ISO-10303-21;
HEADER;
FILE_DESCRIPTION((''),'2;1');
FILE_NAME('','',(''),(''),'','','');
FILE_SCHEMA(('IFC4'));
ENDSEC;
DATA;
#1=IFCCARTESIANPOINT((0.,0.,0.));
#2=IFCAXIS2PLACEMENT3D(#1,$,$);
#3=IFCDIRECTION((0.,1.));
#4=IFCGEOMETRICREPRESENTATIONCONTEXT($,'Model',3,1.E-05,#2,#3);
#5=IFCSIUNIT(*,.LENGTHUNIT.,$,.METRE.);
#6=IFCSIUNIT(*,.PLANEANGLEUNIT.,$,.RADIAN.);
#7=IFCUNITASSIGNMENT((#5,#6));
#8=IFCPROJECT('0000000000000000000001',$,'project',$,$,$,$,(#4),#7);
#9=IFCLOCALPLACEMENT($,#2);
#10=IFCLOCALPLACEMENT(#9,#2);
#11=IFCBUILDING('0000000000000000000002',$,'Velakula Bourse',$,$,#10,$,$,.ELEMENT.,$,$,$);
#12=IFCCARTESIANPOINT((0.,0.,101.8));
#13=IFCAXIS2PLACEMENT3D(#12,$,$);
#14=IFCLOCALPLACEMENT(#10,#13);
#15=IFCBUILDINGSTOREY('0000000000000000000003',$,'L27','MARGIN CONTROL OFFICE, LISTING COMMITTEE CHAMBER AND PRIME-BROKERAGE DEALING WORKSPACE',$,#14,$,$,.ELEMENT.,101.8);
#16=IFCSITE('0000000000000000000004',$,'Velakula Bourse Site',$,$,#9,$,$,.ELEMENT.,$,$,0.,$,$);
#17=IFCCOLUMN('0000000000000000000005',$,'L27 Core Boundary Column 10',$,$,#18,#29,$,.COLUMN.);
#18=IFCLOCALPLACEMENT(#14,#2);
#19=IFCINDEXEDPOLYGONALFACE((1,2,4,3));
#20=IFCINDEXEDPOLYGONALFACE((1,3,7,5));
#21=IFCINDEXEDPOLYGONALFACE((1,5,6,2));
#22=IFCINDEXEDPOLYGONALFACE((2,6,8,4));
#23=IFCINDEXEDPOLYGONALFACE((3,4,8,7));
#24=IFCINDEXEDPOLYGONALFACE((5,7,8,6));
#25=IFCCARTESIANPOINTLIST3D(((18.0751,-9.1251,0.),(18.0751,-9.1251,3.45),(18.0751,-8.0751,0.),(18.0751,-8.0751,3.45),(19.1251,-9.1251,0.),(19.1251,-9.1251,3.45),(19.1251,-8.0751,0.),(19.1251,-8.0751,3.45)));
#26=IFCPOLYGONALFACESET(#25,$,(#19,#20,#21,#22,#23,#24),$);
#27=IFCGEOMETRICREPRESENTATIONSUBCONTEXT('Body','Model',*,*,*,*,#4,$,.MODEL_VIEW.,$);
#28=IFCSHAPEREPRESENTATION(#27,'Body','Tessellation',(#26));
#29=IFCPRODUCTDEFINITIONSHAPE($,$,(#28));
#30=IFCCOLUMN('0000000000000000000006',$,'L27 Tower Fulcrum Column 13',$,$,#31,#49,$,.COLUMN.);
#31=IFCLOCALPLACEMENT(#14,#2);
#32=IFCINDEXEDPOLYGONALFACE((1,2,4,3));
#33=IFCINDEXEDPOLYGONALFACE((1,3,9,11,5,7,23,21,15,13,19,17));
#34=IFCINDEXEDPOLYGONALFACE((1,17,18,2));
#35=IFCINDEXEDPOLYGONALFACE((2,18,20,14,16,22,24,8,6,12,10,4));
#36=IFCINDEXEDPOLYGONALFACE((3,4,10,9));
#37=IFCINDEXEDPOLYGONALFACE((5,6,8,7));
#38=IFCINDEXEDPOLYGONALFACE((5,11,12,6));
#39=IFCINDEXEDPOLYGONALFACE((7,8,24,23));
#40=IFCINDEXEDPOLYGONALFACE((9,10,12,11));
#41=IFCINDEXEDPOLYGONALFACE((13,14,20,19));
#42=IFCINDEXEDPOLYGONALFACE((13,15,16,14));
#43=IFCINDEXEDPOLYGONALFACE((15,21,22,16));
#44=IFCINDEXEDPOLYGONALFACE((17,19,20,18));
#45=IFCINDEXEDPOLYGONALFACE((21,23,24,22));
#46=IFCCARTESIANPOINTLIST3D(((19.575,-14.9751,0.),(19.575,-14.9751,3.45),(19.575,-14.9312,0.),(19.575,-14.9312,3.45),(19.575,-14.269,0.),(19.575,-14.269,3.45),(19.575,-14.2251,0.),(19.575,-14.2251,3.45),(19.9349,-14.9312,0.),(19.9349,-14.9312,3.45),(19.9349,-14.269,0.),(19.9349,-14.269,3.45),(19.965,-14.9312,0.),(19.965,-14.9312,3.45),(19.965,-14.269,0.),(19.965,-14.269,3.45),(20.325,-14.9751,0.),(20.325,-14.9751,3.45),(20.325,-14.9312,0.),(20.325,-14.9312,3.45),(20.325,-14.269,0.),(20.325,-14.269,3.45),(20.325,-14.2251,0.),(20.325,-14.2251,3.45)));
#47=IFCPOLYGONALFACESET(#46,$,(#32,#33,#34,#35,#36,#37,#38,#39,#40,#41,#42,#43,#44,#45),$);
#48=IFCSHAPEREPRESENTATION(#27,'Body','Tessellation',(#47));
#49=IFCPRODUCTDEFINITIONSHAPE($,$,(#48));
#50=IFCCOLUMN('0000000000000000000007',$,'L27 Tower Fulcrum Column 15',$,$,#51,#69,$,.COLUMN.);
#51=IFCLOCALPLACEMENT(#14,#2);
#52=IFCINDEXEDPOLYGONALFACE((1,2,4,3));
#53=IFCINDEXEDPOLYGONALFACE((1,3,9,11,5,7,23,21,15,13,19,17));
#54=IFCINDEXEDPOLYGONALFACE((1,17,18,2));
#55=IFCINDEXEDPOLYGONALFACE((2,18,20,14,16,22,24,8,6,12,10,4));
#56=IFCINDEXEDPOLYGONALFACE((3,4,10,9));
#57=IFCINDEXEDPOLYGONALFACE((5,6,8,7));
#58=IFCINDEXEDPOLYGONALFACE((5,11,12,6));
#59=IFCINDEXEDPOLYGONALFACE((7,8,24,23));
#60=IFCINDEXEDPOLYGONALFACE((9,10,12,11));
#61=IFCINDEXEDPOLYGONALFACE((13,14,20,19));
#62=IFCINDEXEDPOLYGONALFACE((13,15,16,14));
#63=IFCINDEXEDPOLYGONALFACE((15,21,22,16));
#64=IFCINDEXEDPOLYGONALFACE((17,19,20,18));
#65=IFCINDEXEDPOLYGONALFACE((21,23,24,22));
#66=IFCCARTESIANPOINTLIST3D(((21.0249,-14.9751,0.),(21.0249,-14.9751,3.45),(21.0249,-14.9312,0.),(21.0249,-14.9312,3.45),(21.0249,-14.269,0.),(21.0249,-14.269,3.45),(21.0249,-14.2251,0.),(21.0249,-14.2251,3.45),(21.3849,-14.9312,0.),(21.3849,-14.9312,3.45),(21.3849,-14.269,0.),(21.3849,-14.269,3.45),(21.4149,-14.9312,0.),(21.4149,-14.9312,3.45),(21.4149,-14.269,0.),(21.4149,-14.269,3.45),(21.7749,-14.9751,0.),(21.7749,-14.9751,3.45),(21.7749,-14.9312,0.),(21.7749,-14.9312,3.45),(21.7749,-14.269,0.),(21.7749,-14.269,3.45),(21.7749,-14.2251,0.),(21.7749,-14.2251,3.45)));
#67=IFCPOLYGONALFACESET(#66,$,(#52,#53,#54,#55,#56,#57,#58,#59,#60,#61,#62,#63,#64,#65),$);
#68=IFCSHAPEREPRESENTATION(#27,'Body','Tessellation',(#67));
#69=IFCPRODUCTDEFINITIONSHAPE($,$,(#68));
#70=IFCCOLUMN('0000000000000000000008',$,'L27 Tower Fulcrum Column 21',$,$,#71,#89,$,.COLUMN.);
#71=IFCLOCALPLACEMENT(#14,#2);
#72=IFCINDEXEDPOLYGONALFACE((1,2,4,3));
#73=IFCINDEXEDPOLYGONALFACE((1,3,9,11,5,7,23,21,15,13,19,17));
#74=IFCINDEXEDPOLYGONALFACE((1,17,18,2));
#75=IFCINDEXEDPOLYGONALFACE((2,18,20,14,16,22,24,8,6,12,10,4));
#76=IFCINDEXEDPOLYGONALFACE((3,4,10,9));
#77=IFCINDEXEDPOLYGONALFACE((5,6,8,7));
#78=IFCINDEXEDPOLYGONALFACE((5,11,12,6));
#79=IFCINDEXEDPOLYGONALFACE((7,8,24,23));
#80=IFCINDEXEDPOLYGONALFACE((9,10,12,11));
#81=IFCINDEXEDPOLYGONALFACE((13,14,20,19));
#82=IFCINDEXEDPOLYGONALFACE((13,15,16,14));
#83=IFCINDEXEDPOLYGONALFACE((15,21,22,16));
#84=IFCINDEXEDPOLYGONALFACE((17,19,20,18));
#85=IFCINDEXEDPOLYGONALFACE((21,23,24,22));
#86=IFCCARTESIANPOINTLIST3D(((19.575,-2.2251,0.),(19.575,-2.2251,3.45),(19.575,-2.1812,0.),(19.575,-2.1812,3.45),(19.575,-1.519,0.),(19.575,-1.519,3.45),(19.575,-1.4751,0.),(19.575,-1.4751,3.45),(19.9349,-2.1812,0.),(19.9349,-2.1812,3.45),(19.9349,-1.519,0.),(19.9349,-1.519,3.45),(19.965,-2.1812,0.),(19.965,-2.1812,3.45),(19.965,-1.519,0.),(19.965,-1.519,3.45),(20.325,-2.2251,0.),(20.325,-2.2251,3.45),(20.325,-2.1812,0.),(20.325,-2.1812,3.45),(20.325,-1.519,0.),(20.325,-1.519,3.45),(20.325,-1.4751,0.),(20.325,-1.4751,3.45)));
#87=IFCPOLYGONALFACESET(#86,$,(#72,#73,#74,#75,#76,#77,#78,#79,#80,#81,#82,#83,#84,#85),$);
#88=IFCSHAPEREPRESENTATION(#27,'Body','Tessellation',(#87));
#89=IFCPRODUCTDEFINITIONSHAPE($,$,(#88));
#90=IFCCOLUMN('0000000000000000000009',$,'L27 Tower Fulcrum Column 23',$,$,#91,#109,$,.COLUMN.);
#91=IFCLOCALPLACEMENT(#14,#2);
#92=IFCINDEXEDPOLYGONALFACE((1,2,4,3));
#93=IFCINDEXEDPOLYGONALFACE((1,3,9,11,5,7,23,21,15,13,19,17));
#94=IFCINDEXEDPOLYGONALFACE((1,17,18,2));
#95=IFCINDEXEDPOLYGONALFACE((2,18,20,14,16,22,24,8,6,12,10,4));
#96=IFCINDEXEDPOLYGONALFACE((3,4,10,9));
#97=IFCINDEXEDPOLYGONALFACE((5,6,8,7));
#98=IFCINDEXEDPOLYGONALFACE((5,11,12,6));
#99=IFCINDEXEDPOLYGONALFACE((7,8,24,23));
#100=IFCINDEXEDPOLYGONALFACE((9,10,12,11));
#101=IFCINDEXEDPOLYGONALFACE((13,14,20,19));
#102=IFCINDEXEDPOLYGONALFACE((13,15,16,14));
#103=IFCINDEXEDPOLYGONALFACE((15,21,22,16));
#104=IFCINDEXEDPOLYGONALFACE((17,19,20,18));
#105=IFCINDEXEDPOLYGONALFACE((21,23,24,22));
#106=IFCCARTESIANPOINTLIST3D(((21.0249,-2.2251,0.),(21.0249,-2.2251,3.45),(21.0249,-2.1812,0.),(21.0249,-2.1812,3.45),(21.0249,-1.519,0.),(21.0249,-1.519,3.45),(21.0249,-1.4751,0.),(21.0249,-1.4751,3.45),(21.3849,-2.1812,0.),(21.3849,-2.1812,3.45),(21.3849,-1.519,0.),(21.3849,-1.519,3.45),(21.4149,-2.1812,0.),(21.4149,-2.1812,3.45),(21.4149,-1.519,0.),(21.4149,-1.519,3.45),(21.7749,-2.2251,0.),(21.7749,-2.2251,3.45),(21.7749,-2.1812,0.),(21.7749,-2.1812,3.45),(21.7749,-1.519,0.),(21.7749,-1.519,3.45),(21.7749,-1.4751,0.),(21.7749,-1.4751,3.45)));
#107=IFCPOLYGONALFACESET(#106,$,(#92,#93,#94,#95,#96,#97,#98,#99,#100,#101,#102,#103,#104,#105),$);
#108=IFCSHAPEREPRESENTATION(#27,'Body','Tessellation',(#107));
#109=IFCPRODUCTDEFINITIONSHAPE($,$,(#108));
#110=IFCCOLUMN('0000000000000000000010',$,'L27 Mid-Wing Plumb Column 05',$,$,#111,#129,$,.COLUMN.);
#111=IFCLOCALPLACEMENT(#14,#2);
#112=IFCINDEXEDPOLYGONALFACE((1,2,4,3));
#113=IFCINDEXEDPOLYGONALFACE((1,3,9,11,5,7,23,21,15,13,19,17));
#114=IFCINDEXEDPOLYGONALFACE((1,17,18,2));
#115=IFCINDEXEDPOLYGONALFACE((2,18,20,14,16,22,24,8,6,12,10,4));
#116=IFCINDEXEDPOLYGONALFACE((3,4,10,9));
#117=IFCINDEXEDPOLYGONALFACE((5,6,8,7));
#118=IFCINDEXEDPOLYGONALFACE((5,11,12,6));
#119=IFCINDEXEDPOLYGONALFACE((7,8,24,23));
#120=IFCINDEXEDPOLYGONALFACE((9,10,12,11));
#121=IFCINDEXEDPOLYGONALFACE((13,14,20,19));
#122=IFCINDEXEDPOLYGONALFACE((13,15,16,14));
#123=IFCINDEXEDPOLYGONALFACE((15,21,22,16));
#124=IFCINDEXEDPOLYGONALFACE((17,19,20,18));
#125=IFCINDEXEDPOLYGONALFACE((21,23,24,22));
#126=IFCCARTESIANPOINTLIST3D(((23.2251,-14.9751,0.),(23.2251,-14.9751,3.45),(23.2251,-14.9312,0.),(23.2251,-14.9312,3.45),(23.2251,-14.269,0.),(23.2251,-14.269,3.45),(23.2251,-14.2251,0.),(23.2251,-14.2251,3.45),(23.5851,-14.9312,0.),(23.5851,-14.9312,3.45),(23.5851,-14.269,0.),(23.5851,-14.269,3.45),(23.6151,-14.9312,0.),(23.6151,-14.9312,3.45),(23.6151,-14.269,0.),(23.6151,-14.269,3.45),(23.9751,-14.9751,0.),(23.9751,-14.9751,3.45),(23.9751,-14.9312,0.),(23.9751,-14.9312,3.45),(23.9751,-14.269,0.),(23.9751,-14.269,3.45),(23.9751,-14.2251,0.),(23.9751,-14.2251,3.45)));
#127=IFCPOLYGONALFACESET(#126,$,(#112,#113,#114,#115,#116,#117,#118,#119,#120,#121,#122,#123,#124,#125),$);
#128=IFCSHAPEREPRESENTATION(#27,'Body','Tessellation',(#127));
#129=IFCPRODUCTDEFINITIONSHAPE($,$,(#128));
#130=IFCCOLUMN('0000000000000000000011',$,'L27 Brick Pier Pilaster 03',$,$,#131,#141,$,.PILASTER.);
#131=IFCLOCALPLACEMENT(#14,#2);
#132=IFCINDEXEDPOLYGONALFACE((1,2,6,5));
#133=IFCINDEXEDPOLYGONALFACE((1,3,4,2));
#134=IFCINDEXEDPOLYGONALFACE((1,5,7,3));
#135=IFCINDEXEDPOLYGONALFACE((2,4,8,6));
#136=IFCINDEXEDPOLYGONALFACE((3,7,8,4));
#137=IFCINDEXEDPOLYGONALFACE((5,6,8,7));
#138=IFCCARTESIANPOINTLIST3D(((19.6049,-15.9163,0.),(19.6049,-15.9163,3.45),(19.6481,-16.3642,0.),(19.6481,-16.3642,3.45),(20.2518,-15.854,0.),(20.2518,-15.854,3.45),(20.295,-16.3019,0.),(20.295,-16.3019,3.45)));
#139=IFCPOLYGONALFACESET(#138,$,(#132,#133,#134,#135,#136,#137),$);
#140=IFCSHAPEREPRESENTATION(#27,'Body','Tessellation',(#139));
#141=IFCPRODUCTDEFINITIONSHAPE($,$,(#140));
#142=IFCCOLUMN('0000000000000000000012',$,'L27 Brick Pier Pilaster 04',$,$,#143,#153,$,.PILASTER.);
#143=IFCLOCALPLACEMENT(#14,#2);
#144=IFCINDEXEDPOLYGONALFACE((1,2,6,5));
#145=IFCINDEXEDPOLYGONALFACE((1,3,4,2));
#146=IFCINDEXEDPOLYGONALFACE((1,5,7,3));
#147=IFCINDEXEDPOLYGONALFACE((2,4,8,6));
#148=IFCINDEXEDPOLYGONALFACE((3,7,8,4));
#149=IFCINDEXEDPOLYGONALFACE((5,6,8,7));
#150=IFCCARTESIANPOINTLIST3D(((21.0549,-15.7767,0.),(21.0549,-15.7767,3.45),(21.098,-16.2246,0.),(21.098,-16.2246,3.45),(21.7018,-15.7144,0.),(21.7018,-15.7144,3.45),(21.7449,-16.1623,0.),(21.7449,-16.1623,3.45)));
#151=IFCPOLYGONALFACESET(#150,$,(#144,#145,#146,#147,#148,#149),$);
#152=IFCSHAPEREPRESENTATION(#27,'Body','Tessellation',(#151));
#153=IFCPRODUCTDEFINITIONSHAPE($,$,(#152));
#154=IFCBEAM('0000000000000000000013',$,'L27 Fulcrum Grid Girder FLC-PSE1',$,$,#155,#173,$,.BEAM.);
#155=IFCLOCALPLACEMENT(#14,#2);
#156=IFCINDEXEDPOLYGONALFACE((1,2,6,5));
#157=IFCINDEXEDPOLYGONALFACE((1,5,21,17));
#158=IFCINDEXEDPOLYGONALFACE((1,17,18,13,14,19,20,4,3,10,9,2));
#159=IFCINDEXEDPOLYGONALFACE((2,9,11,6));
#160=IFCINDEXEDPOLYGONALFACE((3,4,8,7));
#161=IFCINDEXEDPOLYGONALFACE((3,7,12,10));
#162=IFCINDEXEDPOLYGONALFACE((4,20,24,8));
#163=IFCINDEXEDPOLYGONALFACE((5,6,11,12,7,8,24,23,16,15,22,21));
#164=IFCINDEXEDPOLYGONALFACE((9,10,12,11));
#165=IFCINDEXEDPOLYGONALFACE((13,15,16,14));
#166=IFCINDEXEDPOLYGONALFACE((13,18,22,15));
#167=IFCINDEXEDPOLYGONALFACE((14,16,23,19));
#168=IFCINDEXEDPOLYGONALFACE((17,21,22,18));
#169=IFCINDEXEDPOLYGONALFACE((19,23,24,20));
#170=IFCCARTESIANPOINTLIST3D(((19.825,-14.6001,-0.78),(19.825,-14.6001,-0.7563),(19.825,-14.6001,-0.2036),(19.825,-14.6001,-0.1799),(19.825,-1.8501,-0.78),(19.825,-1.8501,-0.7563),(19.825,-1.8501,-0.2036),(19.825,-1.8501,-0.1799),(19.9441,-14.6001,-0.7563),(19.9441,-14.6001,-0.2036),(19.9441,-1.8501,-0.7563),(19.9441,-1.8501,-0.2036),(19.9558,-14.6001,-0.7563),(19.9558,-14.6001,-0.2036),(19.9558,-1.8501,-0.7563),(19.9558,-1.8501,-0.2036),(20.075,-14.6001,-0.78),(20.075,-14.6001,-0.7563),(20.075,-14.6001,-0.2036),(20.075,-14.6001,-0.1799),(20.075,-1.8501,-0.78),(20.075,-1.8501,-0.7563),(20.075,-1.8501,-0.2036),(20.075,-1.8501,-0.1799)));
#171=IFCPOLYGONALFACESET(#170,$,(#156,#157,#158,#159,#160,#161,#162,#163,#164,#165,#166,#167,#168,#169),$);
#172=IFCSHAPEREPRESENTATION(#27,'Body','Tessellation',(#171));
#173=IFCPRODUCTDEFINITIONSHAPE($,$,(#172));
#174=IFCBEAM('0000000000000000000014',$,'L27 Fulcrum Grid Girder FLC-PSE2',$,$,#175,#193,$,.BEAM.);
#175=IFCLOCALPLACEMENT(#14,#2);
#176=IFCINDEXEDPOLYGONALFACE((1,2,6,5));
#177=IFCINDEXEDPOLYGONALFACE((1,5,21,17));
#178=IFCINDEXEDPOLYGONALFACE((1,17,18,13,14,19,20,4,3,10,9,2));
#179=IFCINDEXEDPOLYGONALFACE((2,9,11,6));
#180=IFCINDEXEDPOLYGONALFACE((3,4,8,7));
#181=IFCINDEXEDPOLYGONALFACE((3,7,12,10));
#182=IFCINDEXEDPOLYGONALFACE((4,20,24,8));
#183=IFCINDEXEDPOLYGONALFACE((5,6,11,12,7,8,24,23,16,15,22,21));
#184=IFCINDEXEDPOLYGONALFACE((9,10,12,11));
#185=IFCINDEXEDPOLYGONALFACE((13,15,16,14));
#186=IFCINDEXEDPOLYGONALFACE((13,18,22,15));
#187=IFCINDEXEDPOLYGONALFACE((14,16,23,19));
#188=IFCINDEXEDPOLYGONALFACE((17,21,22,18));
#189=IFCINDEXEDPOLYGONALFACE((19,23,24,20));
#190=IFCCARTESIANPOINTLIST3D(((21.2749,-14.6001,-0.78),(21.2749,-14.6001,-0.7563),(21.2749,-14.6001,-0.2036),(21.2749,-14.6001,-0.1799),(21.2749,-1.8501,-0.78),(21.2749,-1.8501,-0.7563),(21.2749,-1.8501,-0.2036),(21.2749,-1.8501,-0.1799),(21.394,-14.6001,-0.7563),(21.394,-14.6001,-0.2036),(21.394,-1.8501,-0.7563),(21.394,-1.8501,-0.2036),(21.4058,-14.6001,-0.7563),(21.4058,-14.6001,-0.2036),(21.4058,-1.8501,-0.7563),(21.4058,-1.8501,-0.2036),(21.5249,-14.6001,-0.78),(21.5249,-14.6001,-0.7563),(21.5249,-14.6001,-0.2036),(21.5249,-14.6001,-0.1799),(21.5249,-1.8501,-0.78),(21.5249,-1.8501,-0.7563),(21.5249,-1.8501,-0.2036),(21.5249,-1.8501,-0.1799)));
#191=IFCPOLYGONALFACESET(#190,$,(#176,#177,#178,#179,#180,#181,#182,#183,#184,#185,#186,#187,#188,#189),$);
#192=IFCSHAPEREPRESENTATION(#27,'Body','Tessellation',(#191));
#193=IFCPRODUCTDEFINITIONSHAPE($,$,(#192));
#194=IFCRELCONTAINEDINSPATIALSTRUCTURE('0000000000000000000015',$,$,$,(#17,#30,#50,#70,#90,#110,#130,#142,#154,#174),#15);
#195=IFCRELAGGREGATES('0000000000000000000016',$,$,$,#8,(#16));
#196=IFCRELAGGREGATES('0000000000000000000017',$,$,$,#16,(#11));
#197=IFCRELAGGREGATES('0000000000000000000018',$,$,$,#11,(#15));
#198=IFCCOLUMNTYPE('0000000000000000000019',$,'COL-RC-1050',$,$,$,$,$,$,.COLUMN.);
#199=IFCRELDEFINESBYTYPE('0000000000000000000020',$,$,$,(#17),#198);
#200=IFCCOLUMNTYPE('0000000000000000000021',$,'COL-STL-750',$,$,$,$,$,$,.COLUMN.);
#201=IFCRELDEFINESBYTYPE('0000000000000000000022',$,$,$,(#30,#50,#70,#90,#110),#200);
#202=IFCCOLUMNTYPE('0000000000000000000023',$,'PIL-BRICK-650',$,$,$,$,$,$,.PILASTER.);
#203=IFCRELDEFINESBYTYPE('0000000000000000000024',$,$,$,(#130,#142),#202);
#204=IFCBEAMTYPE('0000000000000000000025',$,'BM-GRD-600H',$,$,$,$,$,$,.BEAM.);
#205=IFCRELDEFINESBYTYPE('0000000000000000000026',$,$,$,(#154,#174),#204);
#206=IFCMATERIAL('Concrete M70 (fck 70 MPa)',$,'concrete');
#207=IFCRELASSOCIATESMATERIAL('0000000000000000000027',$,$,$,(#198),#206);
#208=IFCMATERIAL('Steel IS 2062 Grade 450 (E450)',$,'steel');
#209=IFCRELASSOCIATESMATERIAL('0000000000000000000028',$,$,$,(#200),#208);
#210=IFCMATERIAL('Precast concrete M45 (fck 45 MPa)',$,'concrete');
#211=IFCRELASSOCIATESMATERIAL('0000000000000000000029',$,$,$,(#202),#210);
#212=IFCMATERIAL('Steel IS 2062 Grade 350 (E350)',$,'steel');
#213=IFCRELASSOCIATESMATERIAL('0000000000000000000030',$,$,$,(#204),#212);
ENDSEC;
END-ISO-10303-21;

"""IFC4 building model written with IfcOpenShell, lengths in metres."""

from ifc_helpers import new_model, si_unit, direction, frame, origin, origin_2d, place, context, subcontext, project, spatial, rectangle, i_section, extrude, material, material_profile, profile_set, type_object, element, save


model = new_model("IFC4")

# Units and contexts
model_context = context("Model", 3, precision=1e-05, world=origin(), true_north=direction((0.0, 1.0)))
body_context = subcontext(model_context, "Body", "Model", "MODEL_VIEW")
ifc_project = project(units=[si_unit("LENGTHUNIT", "METRE"), si_unit("PLANEANGLEUNIT", "RADIAN")], contexts=[model_context])

# Site, building, storey
site_placement = place(None, origin())
site = spatial("IfcSite", under=ifc_project, at=site_placement, Name="Velakula Bourse Site", CompositionType="ELEMENT", RefElevation=0.0)
building_placement = place(site_placement, origin())
building = spatial("IfcBuilding", under=site, at=building_placement, Name="Velakula Bourse", CompositionType="ELEMENT")
storey_placement = place(building_placement, frame((0.0, 0.0, 101.8)))
storey = spatial("IfcBuildingStorey", under=building, at=storey_placement, Name="L27", Description="MARGIN CONTROL OFFICE, LISTING COMMITTEE CHAMBER AND PRIME-BROKERAGE DEALING WORKSPACE", CompositionType="ELEMENT", Elevation=101.8)

# Columns
ifc_material_1 = material(Name="Concrete M70 (fck 70 MPa)", Category="concrete")
ifc_material_profile_1 = material_profile(ifc_material_1, rectangle(XDim=1.05, YDim=1.05, at=origin_2d()), Name="Concrete M70 (fck 70 MPa)")
ifc_profile_set_1 = profile_set([ifc_material_profile_1], Name="Concrete M70 (fck 70 MPa)")
column_type_1 = type_object("IfcColumnType", Name="COL-RC-1050", PredefinedType="COLUMN", material=ifc_profile_set_1)
column_placement = place(storey_placement, frame((18.6001, -8.6001, 0.0), z_axis=(0.0, 0.0, 1.0), x_axis=(1.0, 0.0, 0.0)))
element("IfcColumn", 1, at=column_placement, inside=storey, type_object=column_type_1, Name="L27 Core Boundary Column 10", PredefinedType="COLUMN", context=body_context, shape_type="SweptSolid", body=[
    extrude(rectangle(XDim=1.05, YDim=1.05, at=origin_2d()), origin(), (0.0, 0.0, 1.0), 3.45),
])
ifc_material_2 = material(Name="Steel IS 2062 Grade 450 (E450)", Category="steel")
ifc_material_profile_2 = material_profile(ifc_material_2, i_section(OverallWidth=0.75, OverallDepth=0.75, WebThickness=0.03, FlangeThickness=0.0439, at=origin_2d()), Name="Steel IS 2062 Grade 450 (E450)")
ifc_profile_set_2 = profile_set([ifc_material_profile_2], Name="Steel IS 2062 Grade 450 (E450)")
column_type_2 = type_object("IfcColumnType", Name="COL-STL-750", PredefinedType="COLUMN", material=ifc_profile_set_2)
for number, where, z_axis, x_axis, name in (
    (2, (19.95, -14.6001, 0.0), (0.0, 0.0, 1.0), (1.0, 0.0, 0.0), "L27 Tower Fulcrum Column 13"),
    (3, (21.3999, -14.6001, 0.0), (0.0, 0.0, 1.0), (1.0, 0.0, 0.0), "L27 Tower Fulcrum Column 15"),
    (4, (19.95, -1.8501, 0.0), (0.0, 0.0, 1.0), (1.0, 0.0, 0.0), "L27 Tower Fulcrum Column 21"),
    (5, (21.3999, -1.8501, 0.0), (0.0, 0.0, 1.0), (1.0, 0.0, 0.0), "L27 Tower Fulcrum Column 23"),
    (6, (23.6001, -14.6001, 0.0), (0.0, 0.0, 1.0), (1.0, 0.0, 0.0), "L27 Mid-Wing Plumb Column 05"),
):
    element("IfcColumn", number, at=place(storey_placement, frame(where, z_axis=z_axis, x_axis=x_axis)), inside=storey, type_object=column_type_2, Name=name, PredefinedType="COLUMN", context=body_context, shape_type="SweptSolid", body=[
        extrude(i_section(OverallWidth=0.75, OverallDepth=0.75, WebThickness=0.03, FlangeThickness=0.0439, at=origin_2d()), origin(), (0.0, 0.0, 1.0), 3.45),
    ])
ifc_material_3 = material(Name="Precast concrete M45 (fck 45 MPa)", Category="concrete")
ifc_material_profile_3 = material_profile(ifc_material_3, rectangle(XDim=0.6499, YDim=0.45, at=origin_2d()), Name="Precast concrete M45 (fck 45 MPa)")
ifc_profile_set_3 = profile_set([ifc_material_profile_3], Name="Precast concrete M45 (fck 45 MPa)")
column_type_3 = type_object("IfcColumnType", Name="PIL-BRICK-650", PredefinedType="PILASTER", material=ifc_profile_set_3)
for number, where, z_axis, x_axis, name in (
    (7, (19.95, -16.1091, 0.0), (0.0, 0.0, 1.0), (0.995396, 0.095846, 0.0), "L27 Brick Pier Pilaster 03"),
    (8, (21.3999, -15.9695, 0.0), (0.0, 0.0, 1.0), (0.995396, 0.095846, 0.0), "L27 Brick Pier Pilaster 04"),
):
    element("IfcColumn", number, at=place(storey_placement, frame(where, z_axis=z_axis, x_axis=x_axis)), inside=storey, type_object=column_type_3, Name=name, PredefinedType="PILASTER", context=body_context, shape_type="SweptSolid", body=[
        extrude(rectangle(XDim=0.6499, YDim=0.45, at=origin_2d()), origin(), (0.0, 0.0, 1.0), 3.45),
    ])

# Beams
ifc_material_4 = material(Name="Steel IS 2062 Grade 350 (E350)", Category="steel")
ifc_material_profile_4 = material_profile(ifc_material_4, i_section(OverallWidth=0.25, OverallDepth=0.6001, WebThickness=0.0117, FlangeThickness=0.0237, at=origin_2d()), Name="Steel IS 2062 Grade 350 (E350)")
ifc_profile_set_4 = profile_set([ifc_material_profile_4], Name="Steel IS 2062 Grade 350 (E350)")
beam_type_1 = type_object("IfcBeamType", Name="BM-GRD-600H", PredefinedType="BEAM", material=ifc_profile_set_4)
for number, where, z_axis, x_axis, name in (
    (9, (19.95, -14.6001, -0.48), (0.0, 1.0, 0.0), (-1.0, 0.0, 0.0), "L27 Fulcrum Grid Girder FLC-PSE1"),
    (10, (21.3999, -14.6001, -0.48), (0.0, 1.0, 0.0), (-1.0, 0.0, 0.0), "L27 Fulcrum Grid Girder FLC-PSE2"),
):
    element("IfcBeam", number, at=place(storey_placement, frame(where, z_axis=z_axis, x_axis=x_axis)), inside=storey, type_object=beam_type_1, Name=name, PredefinedType="BEAM", context=body_context, shape_type="SweptSolid", body=[
        extrude(i_section(OverallWidth=0.25, OverallDepth=0.6001, WebThickness=0.0117, FlangeThickness=0.0237, at=origin_2d()), origin(), (0.0, 0.0, 1.0), 12.75),
    ])

save(model, "model.ifc")
